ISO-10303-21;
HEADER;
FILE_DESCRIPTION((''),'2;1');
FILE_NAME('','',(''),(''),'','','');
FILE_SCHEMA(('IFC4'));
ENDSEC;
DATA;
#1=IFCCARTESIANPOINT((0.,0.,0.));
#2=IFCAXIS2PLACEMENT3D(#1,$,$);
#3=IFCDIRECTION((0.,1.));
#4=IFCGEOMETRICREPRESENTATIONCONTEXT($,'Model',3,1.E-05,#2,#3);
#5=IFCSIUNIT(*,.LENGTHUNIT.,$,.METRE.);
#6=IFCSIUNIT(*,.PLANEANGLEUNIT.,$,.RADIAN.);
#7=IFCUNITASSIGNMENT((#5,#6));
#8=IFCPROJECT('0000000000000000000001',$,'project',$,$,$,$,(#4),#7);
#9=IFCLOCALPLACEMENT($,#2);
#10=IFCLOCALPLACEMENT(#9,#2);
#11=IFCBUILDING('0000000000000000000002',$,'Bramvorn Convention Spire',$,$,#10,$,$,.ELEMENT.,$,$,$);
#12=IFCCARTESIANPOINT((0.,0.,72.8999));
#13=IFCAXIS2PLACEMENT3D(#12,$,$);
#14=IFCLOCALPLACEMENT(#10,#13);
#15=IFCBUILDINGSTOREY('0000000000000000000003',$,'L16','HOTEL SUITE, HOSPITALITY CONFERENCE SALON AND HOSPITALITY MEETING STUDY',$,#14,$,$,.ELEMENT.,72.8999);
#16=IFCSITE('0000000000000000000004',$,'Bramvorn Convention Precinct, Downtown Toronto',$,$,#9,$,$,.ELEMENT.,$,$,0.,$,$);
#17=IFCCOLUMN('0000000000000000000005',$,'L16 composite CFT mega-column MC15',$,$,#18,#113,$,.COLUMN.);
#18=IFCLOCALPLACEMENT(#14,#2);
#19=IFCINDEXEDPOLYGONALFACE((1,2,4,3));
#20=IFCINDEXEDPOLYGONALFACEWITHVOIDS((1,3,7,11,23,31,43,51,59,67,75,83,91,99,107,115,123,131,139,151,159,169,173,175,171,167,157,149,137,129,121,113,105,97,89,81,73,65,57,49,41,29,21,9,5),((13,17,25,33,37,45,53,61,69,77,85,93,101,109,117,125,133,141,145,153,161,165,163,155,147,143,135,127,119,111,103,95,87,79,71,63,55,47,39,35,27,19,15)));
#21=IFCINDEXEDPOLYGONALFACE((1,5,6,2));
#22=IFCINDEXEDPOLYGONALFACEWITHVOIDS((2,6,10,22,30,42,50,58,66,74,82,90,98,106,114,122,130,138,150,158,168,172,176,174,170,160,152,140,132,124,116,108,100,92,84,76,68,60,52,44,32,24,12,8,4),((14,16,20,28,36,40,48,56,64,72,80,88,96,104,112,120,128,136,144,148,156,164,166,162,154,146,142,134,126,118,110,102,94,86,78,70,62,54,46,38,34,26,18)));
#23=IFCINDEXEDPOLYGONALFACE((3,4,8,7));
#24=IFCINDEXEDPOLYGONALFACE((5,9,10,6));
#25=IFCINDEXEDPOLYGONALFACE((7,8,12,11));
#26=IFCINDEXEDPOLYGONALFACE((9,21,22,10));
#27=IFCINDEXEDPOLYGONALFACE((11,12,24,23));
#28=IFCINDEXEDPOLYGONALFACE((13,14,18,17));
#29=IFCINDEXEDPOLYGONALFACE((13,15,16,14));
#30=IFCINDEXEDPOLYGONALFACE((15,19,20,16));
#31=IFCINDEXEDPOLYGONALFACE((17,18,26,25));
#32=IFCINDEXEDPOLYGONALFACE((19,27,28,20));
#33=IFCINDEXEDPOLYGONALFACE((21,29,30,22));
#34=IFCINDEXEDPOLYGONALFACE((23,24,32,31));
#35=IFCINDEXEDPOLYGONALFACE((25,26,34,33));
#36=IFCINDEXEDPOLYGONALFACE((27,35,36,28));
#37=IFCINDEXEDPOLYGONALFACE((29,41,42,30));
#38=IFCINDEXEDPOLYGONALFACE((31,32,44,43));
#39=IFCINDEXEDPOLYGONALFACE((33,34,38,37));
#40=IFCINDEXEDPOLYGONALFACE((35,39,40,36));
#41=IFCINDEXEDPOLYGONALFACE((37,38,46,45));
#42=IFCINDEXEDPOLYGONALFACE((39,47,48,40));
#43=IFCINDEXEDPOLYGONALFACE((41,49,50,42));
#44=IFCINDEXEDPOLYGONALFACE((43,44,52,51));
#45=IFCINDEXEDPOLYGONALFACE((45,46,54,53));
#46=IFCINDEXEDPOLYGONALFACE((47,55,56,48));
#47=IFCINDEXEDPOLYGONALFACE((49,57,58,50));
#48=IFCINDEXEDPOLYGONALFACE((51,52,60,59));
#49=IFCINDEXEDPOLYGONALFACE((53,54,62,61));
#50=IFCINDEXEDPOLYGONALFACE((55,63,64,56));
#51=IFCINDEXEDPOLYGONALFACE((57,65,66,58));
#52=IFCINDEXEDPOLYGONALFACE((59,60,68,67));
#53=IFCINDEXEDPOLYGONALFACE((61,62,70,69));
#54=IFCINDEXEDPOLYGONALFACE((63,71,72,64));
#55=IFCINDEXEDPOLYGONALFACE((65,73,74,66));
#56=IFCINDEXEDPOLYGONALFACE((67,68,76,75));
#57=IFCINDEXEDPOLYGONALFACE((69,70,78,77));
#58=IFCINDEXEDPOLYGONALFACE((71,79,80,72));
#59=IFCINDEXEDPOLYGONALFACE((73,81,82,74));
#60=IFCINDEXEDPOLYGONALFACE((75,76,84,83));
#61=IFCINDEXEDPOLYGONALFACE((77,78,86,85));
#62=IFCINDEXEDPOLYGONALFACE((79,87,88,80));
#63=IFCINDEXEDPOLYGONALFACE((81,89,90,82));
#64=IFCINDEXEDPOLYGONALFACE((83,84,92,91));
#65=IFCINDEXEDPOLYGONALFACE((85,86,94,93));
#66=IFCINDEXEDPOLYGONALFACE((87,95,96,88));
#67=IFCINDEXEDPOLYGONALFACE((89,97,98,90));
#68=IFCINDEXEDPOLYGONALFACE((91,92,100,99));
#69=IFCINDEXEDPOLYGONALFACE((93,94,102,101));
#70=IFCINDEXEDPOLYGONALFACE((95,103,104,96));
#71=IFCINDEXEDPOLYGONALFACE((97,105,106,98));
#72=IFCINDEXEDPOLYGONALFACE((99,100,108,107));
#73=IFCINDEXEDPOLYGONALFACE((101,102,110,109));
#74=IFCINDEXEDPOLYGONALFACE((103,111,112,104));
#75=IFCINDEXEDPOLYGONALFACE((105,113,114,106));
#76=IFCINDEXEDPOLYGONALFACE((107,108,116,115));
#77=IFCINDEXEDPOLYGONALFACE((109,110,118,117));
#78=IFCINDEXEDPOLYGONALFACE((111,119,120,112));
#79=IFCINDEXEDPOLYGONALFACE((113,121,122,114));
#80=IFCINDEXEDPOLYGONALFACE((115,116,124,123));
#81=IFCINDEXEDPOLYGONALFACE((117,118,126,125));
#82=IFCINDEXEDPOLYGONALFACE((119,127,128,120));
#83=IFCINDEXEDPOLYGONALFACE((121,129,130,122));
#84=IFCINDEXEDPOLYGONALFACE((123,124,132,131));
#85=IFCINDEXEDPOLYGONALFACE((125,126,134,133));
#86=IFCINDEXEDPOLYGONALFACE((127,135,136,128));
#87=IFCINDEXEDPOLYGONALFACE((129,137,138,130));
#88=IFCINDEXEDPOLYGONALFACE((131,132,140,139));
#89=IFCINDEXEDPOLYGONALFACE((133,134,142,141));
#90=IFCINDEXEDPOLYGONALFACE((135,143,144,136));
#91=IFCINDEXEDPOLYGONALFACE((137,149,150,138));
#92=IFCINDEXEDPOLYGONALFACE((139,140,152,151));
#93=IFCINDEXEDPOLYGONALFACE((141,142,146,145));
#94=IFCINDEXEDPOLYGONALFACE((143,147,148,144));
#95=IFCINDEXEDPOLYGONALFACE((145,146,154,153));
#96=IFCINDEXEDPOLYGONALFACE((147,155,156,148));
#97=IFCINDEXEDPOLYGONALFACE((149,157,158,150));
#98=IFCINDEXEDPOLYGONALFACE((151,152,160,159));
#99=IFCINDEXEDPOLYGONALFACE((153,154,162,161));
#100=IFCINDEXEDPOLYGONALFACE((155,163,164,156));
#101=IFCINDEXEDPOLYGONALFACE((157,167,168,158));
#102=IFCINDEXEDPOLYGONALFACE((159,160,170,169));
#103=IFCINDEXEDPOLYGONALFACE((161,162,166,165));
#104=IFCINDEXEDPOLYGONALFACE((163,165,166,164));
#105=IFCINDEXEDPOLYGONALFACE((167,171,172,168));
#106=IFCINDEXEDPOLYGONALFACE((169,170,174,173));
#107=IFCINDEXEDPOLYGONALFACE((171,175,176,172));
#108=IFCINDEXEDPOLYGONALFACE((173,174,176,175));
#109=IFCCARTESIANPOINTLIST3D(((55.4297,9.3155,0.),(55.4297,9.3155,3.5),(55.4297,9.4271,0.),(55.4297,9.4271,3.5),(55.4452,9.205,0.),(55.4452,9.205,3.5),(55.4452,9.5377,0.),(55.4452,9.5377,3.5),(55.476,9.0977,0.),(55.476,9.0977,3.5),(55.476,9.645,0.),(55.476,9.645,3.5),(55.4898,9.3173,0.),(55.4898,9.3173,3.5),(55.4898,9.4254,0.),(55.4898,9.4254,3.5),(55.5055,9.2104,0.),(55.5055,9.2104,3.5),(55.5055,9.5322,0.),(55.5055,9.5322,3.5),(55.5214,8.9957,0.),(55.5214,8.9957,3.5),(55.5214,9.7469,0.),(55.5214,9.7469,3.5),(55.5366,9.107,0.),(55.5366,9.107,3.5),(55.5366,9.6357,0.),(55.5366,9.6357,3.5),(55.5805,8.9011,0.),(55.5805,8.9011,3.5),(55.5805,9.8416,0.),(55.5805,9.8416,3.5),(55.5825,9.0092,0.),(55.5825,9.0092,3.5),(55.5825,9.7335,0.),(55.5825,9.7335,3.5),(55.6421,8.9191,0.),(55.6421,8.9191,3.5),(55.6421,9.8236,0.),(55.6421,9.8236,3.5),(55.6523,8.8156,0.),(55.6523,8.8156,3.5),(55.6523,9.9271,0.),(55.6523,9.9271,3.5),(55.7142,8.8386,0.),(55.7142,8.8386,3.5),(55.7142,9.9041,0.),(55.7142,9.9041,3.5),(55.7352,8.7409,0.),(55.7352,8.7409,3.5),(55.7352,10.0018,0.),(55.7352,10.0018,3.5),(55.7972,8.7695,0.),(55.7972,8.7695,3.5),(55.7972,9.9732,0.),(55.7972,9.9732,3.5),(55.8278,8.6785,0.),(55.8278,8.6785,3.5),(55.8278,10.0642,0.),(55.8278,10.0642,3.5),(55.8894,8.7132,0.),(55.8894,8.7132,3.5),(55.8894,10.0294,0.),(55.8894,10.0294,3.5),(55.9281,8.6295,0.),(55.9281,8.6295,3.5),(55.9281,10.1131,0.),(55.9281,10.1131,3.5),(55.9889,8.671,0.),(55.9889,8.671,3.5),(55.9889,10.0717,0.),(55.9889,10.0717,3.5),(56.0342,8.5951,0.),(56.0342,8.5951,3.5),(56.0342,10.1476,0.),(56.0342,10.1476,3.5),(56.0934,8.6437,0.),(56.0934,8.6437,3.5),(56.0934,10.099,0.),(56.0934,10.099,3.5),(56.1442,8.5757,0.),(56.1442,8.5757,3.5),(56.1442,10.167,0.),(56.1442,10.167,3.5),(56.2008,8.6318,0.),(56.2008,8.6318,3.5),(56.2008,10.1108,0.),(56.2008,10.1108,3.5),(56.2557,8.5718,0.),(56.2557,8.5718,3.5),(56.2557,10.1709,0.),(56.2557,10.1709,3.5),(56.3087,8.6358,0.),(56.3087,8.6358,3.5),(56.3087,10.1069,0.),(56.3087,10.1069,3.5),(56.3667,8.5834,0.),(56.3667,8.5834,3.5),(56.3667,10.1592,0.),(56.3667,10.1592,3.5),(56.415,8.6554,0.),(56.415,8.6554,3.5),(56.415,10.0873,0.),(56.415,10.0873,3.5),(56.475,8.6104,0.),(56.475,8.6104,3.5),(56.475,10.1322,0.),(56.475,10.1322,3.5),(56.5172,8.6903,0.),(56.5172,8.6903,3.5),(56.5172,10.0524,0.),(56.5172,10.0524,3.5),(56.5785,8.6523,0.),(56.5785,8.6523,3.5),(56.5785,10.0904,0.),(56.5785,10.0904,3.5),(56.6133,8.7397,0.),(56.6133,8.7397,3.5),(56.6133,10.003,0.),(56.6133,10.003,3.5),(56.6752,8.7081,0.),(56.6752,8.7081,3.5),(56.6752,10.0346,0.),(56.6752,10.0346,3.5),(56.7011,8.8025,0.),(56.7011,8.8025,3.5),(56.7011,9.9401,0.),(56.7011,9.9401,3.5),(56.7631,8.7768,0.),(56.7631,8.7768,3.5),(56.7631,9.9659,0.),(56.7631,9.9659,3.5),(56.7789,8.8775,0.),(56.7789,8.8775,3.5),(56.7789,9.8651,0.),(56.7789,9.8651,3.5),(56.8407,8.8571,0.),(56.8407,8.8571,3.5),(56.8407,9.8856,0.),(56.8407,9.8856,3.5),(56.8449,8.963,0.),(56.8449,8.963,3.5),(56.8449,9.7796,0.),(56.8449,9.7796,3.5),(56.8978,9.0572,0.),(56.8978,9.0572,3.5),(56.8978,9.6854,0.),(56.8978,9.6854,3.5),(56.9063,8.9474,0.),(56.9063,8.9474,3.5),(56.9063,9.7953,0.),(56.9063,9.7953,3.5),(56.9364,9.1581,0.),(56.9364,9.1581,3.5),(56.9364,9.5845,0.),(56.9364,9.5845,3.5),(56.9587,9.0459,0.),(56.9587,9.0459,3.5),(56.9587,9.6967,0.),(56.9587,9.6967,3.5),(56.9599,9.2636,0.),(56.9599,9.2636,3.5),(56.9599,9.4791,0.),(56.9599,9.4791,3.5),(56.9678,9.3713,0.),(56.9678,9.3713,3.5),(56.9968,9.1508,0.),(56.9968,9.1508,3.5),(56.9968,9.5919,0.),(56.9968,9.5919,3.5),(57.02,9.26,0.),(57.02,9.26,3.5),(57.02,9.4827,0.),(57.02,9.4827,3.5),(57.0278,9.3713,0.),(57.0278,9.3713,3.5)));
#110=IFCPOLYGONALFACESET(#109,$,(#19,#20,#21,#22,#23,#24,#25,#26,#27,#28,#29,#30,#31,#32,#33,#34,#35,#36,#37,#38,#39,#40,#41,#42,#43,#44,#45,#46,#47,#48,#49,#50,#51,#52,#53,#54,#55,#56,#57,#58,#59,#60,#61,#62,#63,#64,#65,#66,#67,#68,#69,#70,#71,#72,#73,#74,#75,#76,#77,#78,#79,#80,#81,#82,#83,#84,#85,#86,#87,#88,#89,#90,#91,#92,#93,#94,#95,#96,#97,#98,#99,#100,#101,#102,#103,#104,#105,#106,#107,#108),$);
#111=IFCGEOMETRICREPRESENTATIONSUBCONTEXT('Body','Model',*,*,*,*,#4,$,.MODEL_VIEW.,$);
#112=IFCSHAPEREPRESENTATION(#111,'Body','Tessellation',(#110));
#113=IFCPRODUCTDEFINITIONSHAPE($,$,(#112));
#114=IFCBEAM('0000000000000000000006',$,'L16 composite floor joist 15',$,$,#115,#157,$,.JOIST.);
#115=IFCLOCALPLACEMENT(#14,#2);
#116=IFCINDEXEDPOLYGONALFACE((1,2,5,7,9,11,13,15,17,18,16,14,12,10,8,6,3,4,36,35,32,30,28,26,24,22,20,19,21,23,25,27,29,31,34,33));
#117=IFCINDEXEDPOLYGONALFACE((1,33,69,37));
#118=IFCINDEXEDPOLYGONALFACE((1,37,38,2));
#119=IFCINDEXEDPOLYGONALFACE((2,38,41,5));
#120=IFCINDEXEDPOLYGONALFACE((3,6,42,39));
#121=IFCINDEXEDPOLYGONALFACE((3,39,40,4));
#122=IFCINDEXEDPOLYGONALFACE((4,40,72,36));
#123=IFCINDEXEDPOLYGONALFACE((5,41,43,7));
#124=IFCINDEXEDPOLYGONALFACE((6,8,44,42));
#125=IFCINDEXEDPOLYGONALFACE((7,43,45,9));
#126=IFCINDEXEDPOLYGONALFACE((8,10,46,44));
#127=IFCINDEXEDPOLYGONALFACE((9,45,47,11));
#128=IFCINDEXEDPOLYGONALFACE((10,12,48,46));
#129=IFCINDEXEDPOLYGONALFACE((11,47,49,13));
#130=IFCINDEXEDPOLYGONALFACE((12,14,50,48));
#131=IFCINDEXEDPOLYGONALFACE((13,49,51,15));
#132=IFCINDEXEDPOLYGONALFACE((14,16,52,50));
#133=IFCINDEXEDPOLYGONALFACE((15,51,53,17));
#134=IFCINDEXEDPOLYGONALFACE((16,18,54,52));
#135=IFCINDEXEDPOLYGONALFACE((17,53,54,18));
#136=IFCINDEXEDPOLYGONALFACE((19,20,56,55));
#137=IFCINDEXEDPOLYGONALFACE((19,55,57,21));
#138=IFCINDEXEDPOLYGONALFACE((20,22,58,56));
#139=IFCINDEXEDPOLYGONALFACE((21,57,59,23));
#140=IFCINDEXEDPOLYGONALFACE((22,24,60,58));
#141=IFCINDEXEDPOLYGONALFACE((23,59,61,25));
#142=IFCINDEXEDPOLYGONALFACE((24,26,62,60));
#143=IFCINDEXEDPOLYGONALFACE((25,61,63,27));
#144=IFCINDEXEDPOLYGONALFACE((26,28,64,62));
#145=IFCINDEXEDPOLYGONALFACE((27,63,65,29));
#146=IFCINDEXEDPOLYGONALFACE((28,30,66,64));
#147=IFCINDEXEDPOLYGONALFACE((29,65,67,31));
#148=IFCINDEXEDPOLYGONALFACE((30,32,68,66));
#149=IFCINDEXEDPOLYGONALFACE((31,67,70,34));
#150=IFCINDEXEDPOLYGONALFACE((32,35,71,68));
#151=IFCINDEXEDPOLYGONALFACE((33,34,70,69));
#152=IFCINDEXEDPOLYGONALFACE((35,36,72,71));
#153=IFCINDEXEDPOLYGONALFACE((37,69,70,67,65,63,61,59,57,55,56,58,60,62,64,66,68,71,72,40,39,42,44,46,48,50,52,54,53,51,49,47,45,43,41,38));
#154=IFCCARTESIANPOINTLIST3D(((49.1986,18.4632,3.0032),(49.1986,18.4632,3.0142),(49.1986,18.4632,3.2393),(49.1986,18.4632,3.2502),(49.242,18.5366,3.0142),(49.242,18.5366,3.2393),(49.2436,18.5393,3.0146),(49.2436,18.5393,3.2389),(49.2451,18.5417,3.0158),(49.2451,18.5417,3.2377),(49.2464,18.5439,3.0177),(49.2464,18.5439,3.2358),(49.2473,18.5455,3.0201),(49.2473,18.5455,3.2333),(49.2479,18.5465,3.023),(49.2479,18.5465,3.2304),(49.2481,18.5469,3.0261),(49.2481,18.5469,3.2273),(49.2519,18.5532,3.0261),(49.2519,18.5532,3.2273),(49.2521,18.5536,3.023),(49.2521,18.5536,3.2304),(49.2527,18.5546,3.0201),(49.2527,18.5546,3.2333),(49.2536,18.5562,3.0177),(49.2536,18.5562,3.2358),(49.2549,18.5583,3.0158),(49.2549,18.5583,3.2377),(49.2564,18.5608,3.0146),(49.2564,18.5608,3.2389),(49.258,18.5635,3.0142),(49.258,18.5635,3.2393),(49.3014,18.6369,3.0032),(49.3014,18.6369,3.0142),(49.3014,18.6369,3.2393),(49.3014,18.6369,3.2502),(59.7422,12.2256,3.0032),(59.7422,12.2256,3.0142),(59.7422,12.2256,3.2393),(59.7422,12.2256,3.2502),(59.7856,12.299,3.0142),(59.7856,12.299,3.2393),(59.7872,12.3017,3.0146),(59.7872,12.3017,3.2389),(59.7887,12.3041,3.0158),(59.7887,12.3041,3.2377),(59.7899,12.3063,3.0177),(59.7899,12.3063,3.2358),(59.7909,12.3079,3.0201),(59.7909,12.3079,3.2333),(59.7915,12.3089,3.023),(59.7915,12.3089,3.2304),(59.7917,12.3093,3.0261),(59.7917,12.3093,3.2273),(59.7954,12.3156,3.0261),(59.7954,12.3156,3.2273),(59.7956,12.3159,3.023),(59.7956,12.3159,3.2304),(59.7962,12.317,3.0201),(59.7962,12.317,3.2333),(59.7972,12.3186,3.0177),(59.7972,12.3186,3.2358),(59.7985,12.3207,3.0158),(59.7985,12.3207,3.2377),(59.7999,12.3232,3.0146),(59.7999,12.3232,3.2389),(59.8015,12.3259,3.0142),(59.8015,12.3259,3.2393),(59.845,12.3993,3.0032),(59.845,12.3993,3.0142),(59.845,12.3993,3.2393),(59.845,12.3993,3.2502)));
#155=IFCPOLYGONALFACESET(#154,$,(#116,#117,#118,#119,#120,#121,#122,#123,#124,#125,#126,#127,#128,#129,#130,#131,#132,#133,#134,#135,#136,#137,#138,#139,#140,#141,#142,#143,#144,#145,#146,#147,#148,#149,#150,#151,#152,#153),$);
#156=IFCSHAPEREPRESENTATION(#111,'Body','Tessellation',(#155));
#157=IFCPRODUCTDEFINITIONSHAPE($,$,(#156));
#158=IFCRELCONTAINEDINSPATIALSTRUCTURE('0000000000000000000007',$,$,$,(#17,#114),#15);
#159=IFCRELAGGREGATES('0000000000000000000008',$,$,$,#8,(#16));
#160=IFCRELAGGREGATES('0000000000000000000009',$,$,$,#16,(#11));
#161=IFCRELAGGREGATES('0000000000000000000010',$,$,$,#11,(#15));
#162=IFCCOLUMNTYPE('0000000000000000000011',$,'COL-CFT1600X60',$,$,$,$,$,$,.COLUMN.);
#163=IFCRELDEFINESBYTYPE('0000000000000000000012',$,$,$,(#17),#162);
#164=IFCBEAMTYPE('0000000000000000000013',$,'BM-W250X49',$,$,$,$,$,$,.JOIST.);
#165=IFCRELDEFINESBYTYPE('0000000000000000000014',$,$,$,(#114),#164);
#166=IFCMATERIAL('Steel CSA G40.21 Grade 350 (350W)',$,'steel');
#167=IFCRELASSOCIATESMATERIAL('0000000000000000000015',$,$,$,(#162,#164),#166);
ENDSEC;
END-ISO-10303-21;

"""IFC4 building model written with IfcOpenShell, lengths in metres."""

from ifc_helpers import new_model, si_unit, direction, frame, origin, origin_2d, place, context, subcontext, project, spatial, hollow_circle, i_section, extrude, material, material_profile, profile_set, type_object, element, save


model = new_model("IFC4")

# Units and contexts
model_context = context("Model", 3, precision=1e-05, world=origin(), true_north=direction((0.0, 1.0)))
body_context = subcontext(model_context, "Body", "Model", "MODEL_VIEW")
ifc_project = project(units=[si_unit("LENGTHUNIT", "METRE"), si_unit("PLANEANGLEUNIT", "RADIAN")], contexts=[model_context])

# Site, building, storey
site_placement = place(None, origin())
site = spatial("IfcSite", under=ifc_project, at=site_placement, Name="Bramvorn Convention Precinct, Downtown Toronto", CompositionType="ELEMENT", RefElevation=0.0)
building_placement = place(site_placement, origin())
building = spatial("IfcBuilding", under=site, at=building_placement, Name="Bramvorn Convention Spire", CompositionType="ELEMENT")
storey_placement = place(building_placement, frame((0.0, 0.0, 72.8999)))
storey = spatial("IfcBuildingStorey", under=building, at=storey_placement, Name="L16", Description="HOTEL SUITE, HOSPITALITY CONFERENCE SALON AND HOSPITALITY MEETING STUDY", CompositionType="ELEMENT", Elevation=72.8999)

# Column
ifc_material_1 = material(Name="Steel CSA G40.21 Grade 350 (350W)", Category="steel")
ifc_material_profile_1 = material_profile(ifc_material_1, hollow_circle(Radius=0.8, WallThickness=0.0601, at=origin_2d()))
ifc_profile_set_1 = profile_set([ifc_material_profile_1], Name="Steel CSA G40.21 Grade 350 (350W) - CFT1600X60")
column_type = type_object("IfcColumnType", Name="COL-CFT1600X60", PredefinedType="COLUMN", material=ifc_profile_set_1)
column_placement = place(storey_placement, frame((56.2278, 9.3713, 0.0), z_axis=(0.0, 0.0, 1.0), x_axis=(1.0, 0.0, 0.0)))
element("IfcColumn", 1, at=column_placement, inside=storey, type_object=column_type, Name="L16 composite CFT mega-column MC15", PredefinedType="COLUMN", context=body_context, shape_type="SweptSolid", body=[
    extrude(hollow_circle(Radius=0.8, WallThickness=0.0601, at=origin_2d()), origin(), (0.0, 0.0, 1.0), 3.5),
])

# Beam
ifc_material_profile_2 = material_profile(ifc_material_1, i_section(OverallWidth=0.2019, OverallDepth=0.2471, WebThickness=0.0073, FlangeThickness=0.011, FilletRadius=0.012, at=origin_2d()))
ifc_profile_set_2 = profile_set([ifc_material_profile_2], Name="Steel CSA G40.21 Grade 350 (350W) - W250X49")
beam_type_1 = type_object("IfcBeamType", Name="BM-W250X49", PredefinedType="JOIST", material=ifc_profile_set_2)
beam_1_placement = place(storey_placement, frame((49.25, 18.55, 3.1267), z_axis=(0.860665, -0.509172, 0.0), x_axis=(0.509172, 0.860665, 0.0)))
element("IfcBeam", 2, at=beam_1_placement, inside=storey, type_object=beam_type_1, Name="L16 composite floor joist 15", PredefinedType="JOIST", context=body_context, shape_type="SweptSolid", body=[
    extrude(i_section(OverallWidth=0.2019, OverallDepth=0.2471, WebThickness=0.0073, FlangeThickness=0.011, FilletRadius=0.012, at=origin_2d()), origin(), (0.0, 0.0, 1.0), 12.2505),
])

save(model, "model.ifc")
